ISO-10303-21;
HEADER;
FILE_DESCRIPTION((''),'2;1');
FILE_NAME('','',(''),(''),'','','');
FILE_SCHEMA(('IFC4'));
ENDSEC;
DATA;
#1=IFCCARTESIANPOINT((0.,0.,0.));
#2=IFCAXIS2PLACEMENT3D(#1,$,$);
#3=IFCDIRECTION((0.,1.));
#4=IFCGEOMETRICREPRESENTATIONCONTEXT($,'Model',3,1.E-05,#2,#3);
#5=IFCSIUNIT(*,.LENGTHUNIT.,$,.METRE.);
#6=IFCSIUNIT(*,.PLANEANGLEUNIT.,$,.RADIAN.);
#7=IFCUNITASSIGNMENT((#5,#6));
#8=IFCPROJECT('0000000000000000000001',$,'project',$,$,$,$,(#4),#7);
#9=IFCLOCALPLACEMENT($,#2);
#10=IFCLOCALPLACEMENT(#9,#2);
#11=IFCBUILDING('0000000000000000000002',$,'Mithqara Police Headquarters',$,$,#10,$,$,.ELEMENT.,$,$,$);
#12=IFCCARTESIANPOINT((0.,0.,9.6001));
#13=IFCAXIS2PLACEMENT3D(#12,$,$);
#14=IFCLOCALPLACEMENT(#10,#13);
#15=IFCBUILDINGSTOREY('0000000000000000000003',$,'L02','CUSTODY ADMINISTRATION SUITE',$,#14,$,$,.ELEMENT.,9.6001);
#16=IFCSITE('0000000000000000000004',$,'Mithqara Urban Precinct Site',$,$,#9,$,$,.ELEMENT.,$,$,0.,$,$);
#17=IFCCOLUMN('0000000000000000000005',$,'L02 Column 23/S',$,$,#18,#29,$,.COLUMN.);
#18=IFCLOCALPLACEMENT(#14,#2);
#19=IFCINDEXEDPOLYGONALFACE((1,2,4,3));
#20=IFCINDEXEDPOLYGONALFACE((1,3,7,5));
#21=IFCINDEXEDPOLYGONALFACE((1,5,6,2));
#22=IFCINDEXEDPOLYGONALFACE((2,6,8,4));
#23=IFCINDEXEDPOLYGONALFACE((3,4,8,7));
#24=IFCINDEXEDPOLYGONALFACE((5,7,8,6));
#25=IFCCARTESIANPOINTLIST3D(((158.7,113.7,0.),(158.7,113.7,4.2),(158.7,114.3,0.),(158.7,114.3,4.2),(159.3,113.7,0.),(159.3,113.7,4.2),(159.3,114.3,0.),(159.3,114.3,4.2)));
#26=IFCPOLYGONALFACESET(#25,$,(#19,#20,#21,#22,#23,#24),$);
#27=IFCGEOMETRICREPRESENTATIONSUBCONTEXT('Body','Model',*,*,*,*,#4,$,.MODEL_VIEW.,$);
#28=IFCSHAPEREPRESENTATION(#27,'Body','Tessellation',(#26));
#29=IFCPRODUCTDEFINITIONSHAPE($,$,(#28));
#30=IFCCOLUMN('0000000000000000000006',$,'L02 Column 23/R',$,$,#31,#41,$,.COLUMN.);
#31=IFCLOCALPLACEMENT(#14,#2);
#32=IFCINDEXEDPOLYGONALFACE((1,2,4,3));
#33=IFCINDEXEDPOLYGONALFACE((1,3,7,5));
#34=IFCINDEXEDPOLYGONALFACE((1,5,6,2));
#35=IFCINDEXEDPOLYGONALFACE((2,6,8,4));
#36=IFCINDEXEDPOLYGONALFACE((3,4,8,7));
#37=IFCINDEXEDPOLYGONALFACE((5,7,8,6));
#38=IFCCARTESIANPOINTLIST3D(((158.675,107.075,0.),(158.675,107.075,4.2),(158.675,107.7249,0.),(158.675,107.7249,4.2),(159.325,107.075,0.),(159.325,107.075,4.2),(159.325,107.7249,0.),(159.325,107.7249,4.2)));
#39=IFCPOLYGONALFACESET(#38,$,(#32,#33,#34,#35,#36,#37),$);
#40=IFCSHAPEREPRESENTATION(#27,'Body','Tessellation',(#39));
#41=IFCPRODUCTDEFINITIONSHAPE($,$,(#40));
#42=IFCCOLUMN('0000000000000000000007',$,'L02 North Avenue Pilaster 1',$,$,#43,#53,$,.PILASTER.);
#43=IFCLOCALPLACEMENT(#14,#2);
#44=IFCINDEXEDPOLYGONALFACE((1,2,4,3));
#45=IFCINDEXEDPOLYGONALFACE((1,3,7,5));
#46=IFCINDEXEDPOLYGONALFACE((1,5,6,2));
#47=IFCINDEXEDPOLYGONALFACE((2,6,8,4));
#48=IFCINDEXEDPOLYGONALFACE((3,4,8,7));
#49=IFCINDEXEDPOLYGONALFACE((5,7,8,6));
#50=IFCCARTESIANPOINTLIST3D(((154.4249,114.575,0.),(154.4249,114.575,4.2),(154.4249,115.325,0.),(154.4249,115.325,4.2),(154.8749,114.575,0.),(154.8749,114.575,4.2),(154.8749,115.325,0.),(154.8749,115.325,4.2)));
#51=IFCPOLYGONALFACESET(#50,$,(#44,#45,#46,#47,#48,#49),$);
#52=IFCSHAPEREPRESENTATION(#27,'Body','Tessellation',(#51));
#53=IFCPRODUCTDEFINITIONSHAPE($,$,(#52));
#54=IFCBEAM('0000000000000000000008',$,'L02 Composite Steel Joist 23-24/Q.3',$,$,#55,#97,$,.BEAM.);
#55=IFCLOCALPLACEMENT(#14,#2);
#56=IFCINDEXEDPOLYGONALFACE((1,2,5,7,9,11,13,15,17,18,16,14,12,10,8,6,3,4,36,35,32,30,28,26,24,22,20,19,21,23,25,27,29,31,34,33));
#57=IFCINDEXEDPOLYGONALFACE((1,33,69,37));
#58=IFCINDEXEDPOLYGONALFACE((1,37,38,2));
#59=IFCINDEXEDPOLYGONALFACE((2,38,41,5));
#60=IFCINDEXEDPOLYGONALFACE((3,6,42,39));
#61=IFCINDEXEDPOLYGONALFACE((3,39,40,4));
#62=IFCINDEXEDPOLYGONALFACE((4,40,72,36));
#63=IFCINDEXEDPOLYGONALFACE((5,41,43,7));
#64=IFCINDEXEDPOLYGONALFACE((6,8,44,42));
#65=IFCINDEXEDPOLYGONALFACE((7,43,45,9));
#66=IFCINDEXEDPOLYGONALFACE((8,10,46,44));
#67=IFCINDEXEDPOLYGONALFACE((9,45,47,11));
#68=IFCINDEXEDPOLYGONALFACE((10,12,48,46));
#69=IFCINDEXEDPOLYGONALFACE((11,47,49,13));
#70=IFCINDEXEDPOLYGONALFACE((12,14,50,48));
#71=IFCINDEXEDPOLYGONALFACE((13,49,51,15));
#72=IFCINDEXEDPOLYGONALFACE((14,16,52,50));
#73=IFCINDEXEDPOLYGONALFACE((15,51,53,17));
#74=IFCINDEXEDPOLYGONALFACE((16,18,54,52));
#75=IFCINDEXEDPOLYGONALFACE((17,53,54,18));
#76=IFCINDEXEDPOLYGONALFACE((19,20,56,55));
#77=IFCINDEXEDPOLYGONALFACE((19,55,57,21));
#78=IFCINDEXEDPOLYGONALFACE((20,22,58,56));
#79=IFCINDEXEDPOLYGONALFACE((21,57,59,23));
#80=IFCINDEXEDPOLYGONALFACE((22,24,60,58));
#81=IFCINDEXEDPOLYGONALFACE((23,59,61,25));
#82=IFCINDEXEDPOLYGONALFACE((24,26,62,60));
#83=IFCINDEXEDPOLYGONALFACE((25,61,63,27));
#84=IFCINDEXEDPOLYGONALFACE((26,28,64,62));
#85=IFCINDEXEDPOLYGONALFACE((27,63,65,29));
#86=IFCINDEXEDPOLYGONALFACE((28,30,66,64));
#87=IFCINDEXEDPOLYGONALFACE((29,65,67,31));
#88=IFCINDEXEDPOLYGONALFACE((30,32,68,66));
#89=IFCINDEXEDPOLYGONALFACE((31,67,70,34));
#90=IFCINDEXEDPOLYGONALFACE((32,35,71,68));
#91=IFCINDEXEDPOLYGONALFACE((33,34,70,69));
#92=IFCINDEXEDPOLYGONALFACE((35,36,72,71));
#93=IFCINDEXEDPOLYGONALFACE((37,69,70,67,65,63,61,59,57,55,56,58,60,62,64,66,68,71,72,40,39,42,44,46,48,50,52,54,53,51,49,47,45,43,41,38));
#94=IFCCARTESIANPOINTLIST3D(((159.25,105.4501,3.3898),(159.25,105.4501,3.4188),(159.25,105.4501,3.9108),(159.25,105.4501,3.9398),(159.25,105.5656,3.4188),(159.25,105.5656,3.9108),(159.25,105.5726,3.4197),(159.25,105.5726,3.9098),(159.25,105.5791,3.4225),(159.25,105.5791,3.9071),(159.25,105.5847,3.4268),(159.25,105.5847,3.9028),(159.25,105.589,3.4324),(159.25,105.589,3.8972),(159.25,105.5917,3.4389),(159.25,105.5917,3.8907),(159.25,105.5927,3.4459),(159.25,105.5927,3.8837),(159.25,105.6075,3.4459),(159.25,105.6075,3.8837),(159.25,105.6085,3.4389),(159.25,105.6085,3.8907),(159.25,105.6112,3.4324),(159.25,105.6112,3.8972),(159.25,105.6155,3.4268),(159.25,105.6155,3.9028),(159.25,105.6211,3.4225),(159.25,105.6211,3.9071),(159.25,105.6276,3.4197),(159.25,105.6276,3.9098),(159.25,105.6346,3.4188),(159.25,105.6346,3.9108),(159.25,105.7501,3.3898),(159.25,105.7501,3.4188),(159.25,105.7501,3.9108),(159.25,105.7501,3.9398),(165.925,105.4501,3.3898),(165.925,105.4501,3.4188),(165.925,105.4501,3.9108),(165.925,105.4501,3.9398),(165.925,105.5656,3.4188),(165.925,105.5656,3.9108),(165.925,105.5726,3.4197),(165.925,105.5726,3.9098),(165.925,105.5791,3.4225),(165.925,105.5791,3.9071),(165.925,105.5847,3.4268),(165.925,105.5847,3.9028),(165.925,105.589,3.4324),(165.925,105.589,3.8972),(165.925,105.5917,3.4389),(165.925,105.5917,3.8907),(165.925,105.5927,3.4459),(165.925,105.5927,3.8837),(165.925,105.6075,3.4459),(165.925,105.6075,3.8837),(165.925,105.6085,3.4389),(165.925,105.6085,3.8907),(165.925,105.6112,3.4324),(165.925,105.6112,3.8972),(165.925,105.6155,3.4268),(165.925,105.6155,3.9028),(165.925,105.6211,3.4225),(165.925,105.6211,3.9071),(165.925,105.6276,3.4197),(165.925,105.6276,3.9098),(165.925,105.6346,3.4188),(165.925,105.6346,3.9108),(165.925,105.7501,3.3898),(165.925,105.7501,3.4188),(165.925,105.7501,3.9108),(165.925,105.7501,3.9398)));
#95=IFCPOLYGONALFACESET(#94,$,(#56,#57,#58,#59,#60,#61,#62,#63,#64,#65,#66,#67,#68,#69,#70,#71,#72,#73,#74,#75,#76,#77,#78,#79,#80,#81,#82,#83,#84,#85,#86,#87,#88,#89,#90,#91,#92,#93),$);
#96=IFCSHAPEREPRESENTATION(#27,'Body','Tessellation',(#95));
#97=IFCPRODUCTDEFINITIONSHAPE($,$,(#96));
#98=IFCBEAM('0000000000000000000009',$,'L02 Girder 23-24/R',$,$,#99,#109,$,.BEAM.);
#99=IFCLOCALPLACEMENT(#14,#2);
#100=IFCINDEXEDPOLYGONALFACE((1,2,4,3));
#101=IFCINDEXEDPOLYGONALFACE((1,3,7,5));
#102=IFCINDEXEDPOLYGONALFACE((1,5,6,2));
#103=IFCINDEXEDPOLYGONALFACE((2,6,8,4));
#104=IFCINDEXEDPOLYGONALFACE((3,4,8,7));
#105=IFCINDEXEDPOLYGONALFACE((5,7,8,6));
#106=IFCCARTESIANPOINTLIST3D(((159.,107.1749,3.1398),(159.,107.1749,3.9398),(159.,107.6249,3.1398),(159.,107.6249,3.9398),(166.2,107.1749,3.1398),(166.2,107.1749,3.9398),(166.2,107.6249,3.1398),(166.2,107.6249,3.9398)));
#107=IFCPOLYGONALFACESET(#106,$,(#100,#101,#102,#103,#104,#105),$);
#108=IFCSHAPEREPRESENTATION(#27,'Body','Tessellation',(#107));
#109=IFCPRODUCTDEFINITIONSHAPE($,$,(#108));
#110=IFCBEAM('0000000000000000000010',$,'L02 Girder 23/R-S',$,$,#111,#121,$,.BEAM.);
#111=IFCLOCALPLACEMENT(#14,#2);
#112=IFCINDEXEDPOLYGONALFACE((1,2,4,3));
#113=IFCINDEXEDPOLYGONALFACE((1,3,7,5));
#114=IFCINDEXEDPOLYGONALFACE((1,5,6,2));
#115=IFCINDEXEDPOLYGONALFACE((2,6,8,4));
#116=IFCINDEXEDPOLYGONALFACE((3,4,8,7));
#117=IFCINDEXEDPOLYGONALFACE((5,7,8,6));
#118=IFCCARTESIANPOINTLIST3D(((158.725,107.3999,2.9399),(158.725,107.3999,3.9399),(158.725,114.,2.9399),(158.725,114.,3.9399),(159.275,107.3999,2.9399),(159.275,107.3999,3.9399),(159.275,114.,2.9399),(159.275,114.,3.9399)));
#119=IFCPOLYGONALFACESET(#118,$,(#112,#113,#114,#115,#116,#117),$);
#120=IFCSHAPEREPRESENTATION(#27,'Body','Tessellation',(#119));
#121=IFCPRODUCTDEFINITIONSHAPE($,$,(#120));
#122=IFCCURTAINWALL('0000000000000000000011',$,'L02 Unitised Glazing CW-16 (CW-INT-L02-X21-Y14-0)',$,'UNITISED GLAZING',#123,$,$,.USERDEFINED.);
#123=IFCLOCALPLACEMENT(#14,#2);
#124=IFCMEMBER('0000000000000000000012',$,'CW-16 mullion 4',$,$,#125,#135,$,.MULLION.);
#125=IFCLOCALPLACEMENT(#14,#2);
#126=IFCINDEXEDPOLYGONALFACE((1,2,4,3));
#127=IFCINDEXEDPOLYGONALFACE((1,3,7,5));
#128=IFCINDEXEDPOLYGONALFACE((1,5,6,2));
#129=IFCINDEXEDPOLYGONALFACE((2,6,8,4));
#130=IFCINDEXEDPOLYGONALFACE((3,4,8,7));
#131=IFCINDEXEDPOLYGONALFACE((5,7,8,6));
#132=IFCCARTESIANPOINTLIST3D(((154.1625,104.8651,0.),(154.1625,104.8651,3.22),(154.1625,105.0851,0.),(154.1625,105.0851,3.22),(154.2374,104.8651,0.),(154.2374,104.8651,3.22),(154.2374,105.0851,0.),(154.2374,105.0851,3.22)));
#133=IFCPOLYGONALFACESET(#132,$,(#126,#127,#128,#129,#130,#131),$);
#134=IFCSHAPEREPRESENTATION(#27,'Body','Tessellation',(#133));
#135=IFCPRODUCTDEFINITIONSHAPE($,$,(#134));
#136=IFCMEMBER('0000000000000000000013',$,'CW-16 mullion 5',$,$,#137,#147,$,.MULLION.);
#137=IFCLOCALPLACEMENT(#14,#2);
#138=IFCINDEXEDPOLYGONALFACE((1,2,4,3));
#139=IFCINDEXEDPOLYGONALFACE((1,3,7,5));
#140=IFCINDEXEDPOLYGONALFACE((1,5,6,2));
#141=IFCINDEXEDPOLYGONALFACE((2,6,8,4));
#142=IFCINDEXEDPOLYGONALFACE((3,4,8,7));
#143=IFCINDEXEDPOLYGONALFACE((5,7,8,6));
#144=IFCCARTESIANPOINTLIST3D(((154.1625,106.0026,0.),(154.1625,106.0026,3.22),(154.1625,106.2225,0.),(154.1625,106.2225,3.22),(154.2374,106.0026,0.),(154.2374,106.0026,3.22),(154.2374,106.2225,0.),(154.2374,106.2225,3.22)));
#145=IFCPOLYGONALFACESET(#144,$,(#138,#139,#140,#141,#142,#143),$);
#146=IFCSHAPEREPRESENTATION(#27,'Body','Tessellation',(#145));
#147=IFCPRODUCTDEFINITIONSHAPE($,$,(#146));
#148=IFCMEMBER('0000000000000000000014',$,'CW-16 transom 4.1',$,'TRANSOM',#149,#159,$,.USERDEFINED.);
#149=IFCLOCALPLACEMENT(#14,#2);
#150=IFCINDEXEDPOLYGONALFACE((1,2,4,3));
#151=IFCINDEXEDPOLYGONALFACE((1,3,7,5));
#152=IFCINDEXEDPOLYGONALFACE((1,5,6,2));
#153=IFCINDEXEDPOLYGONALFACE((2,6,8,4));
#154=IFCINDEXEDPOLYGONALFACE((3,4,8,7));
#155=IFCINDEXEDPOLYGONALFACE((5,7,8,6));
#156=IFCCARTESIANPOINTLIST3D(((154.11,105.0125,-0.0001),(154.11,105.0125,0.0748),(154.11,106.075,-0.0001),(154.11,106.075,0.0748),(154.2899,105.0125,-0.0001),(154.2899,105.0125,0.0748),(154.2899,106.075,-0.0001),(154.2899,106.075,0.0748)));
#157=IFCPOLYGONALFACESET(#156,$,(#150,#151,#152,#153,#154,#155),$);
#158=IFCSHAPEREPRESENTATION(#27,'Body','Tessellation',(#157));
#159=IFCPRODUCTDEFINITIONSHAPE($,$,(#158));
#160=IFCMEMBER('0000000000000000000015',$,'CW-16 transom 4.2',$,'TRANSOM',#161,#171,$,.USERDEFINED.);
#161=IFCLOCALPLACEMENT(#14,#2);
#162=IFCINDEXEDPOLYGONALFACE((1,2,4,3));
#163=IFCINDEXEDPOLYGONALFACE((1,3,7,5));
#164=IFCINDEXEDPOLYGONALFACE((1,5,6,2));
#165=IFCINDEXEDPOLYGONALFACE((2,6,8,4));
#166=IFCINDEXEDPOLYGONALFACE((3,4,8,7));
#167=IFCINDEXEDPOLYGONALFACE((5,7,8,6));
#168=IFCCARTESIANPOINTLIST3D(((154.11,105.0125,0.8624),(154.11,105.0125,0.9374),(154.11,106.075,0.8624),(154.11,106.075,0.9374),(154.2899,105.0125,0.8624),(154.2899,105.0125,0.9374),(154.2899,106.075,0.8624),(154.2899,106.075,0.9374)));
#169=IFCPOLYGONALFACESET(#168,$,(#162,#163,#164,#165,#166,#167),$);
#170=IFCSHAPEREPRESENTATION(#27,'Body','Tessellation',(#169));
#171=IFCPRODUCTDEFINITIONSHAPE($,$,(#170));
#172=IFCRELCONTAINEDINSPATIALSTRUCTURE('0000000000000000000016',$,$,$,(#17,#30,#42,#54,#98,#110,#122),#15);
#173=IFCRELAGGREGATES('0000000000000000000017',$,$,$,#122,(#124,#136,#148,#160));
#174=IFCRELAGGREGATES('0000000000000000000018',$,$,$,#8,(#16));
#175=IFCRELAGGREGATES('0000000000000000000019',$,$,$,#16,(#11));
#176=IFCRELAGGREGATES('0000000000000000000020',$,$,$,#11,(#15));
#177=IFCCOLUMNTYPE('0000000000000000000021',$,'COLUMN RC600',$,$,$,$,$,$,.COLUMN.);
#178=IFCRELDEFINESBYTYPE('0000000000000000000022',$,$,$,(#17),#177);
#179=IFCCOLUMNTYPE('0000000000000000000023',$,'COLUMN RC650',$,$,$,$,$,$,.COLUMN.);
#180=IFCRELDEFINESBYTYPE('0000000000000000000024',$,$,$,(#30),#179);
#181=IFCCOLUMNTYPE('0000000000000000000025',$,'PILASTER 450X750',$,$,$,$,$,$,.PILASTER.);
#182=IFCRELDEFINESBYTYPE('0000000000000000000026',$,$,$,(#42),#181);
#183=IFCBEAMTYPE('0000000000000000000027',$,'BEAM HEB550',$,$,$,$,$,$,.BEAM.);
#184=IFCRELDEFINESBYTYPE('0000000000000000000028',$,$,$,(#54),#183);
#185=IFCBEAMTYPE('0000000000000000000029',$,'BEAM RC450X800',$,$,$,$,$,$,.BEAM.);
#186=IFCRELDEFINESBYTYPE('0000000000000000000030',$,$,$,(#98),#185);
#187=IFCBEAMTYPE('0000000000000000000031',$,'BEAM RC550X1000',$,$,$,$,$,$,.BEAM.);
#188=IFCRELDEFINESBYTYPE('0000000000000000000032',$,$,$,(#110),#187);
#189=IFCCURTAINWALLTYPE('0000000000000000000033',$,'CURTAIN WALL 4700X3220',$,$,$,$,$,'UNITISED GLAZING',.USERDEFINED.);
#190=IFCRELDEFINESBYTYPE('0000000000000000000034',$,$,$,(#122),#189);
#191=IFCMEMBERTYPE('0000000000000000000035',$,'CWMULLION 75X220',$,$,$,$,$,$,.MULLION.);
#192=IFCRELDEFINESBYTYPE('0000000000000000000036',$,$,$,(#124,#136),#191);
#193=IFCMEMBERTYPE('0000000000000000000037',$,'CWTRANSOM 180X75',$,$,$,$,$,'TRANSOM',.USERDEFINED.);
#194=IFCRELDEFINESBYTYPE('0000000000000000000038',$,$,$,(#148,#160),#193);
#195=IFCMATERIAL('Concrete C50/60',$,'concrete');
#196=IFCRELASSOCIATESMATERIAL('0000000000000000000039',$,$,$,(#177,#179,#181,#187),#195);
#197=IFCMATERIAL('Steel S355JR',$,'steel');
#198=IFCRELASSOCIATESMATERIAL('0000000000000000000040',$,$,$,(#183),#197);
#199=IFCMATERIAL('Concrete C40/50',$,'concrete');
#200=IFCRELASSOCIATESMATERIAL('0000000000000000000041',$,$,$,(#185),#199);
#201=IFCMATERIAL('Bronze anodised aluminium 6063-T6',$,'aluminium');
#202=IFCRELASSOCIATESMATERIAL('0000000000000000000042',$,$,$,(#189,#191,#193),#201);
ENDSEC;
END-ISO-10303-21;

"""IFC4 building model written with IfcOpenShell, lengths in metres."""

from ifc_helpers import new_model, si_unit, direction, frame, origin, origin_2d, place, context, subcontext, project, spatial, rectangle, i_section, extrude, material, material_profile, profile_set, type_object, element, aggregate, save


model = new_model("IFC4")

# Units and contexts
model_context = context("Model", 3, precision=1e-05, world=origin(), true_north=direction((0.0, 1.0)))
body_context = subcontext(model_context, "Body", "Model", "MODEL_VIEW")
ifc_project = project(units=[si_unit("LENGTHUNIT", "METRE"), si_unit("PLANEANGLEUNIT", "RADIAN")], contexts=[model_context])

# Site, building, storey
site_placement = place(None, origin())
site = spatial("IfcSite", under=ifc_project, at=site_placement, Name="Mithqara Urban Precinct Site", CompositionType="ELEMENT", RefElevation=0.0)
building_placement = place(site_placement, origin())
building = spatial("IfcBuilding", under=site, at=building_placement, Name="Mithqara Police Headquarters", CompositionType="ELEMENT")
storey_placement = place(building_placement, frame((0.0, 0.0, 9.6001)))
storey = spatial("IfcBuildingStorey", under=building, at=storey_placement, Name="L02", Description="CUSTODY ADMINISTRATION SUITE", CompositionType="ELEMENT", Elevation=9.6001)

# Columns
ifc_material_1 = material(Name="Concrete C50/60", Category="concrete")
ifc_material_profile_1 = material_profile(ifc_material_1, rectangle(XDim=0.6001, YDim=0.6001, at=origin_2d()), Name="RC 600x600")
ifc_profile_set_1 = profile_set([ifc_material_profile_1], Name="Concrete C50/60")
column_type_1 = type_object("IfcColumnType", Name="COLUMN RC600", PredefinedType="COLUMN", material=ifc_profile_set_1)
column_1_placement = place(storey_placement, frame((159.0, 114.0, 0.0), z_axis=(0.0, 0.0, 1.0), x_axis=(1.0, 0.0, 0.0)))
element("IfcColumn", 1, at=column_1_placement, inside=storey, type_object=column_type_1, Name="L02 Column 23/S", PredefinedType="COLUMN", context=body_context, shape_type="SweptSolid", body=[
    extrude(rectangle(XDim=0.6001, YDim=0.6001, at=origin_2d()), origin(), (0.0, 0.0, 1.0), 4.2),
])
ifc_material_profile_2 = material_profile(ifc_material_1, rectangle(XDim=0.6499, YDim=0.6499, at=origin_2d()), Name="RC 650x650")
ifc_profile_set_2 = profile_set([ifc_material_profile_2], Name="Concrete C50/60")
column_type_2 = type_object("IfcColumnType", Name="COLUMN RC650", PredefinedType="COLUMN", material=ifc_profile_set_2)
column_2_placement = place(storey_placement, frame((159.0, 107.3999, 0.0), z_axis=(0.0, 0.0, 1.0), x_axis=(1.0, 0.0, 0.0)))
element("IfcColumn", 2, at=column_2_placement, inside=storey, type_object=column_type_2, Name="L02 Column 23/R", PredefinedType="COLUMN", context=body_context, shape_type="SweptSolid", body=[
    extrude(rectangle(XDim=0.6499, YDim=0.6499, at=origin_2d()), origin(), (0.0, 0.0, 1.0), 4.2),
])
ifc_material_profile_3 = material_profile(ifc_material_1, rectangle(XDim=0.45, YDim=0.75, at=origin_2d()), Name="PIL 450x750")
ifc_profile_set_3 = profile_set([ifc_material_profile_3], Name="Concrete C50/60")
column_type_3 = type_object("IfcColumnType", Name="PILASTER 450X750", PredefinedType="PILASTER", material=ifc_profile_set_3)
column_3_placement = place(storey_placement, frame((154.6499, 114.95, 0.0), z_axis=(0.0, 0.0, 1.0), x_axis=(1.0, 0.0, 0.0)))
element("IfcColumn", 3, at=column_3_placement, inside=storey, type_object=column_type_3, Name="L02 North Avenue Pilaster 1", PredefinedType="PILASTER", context=body_context, shape_type="SweptSolid", body=[
    extrude(rectangle(XDim=0.45, YDim=0.75, at=origin_2d()), origin(), (0.0, 0.0, 1.0), 4.2),
])

# Beams
ifc_material_2 = material(Name="Steel S355JR", Category="steel")
ifc_material_profile_4 = material_profile(ifc_material_2, i_section(OverallWidth=0.3, OverallDepth=0.55, WebThickness=0.0149, FlangeThickness=0.0291, FilletRadius=0.0271, at=origin_2d()), Name="HEB 550")
ifc_profile_set_4 = profile_set([ifc_material_profile_4], Name="Steel S355JR")
beam_type_1 = type_object("IfcBeamType", Name="BEAM HEB550", PredefinedType="BEAM", material=ifc_profile_set_4)
beam_1_placement = place(storey_placement, frame((159.25, 105.6001, 3.6648), z_axis=(1.0, 0.0, 0.0), x_axis=(0.0, 1.0, 0.0)))
element("IfcBeam", 4, at=beam_1_placement, inside=storey, type_object=beam_type_1, Name="L02 Composite Steel Joist 23-24/Q.3", PredefinedType="BEAM", context=body_context, shape_type="SweptSolid", body=[
    extrude(i_section(OverallWidth=0.3, OverallDepth=0.55, WebThickness=0.0149, FlangeThickness=0.0291, FilletRadius=0.0271, at=origin_2d()), origin(), (0.0, 0.0, 1.0), 6.675),
])
ifc_material_3 = material(Name="Concrete C40/50", Category="concrete")
ifc_material_profile_5 = material_profile(ifc_material_3, rectangle(XDim=0.45, YDim=0.8, at=origin_2d()), Name="RC 450x800")
ifc_profile_set_5 = profile_set([ifc_material_profile_5], Name="Concrete C40/50")
beam_type_2 = type_object("IfcBeamType", Name="BEAM RC450X800", PredefinedType="BEAM", material=ifc_profile_set_5)
beam_2_placement = place(storey_placement, frame((159.0, 107.3999, 3.5398), z_axis=(1.0, 0.0, 0.0), x_axis=(0.0, 1.0, 0.0)))
element("IfcBeam", 5, at=beam_2_placement, inside=storey, type_object=beam_type_2, Name="L02 Girder 23-24/R", PredefinedType="BEAM", context=body_context, shape_type="SweptSolid", body=[
    extrude(rectangle(XDim=0.45, YDim=0.8, at=origin_2d()), origin(), (0.0, 0.0, 1.0), 7.2),
])
ifc_material_profile_6 = material_profile(ifc_material_1, rectangle(XDim=0.55, YDim=1.0, at=origin_2d()), Name="RC 550x1000")
ifc_profile_set_6 = profile_set([ifc_material_profile_6], Name="Concrete C50/60")
beam_type_3 = type_object("IfcBeamType", Name="BEAM RC550X1000", PredefinedType="BEAM", material=ifc_profile_set_6)
beam_3_placement = place(storey_placement, frame((159.0, 107.3999, 3.4399), z_axis=(0.0, 1.0, 0.0), x_axis=(-1.0, 0.0, 0.0)))
element("IfcBeam", 6, at=beam_3_placement, inside=storey, type_object=beam_type_3, Name="L02 Girder 23/R-S", PredefinedType="BEAM", context=body_context, shape_type="SweptSolid", body=[
    extrude(rectangle(XDim=0.55, YDim=1.0, at=origin_2d()), origin(), (0.0, 0.0, 1.0), 6.6001),
])

# Curtain wall, members
ifc_material_4 = material(Name="Bronze anodised aluminium 6063-T6", Category="aluminium")
curtain_wall_type = type_object("IfcCurtainWallType", Name="CURTAIN WALL 4700X3220", ElementType="UNITISED GLAZING", PredefinedType="USERDEFINED", material=ifc_material_4)
curtain_wall_placement = place(storey_placement, origin())
curtain_wall = element("IfcCurtainWall", 7, at=curtain_wall_placement, inside=storey, type_object=curtain_wall_type, Name="L02 Unitised Glazing CW-16 (CW-INT-L02-X21-Y14-0)", ObjectType="UNITISED GLAZING", PredefinedType="USERDEFINED")
ifc_material_profile_7 = material_profile(ifc_material_4, rectangle(XDim=0.075, YDim=0.22, at=origin_2d()), Name="CWM 75x220")
ifc_profile_set_7 = profile_set([ifc_material_profile_7], Name="Bronze anodised aluminium 6063-T6")
member_type_1 = type_object("IfcMemberType", Name="CWMULLION 75X220", PredefinedType="MULLION", material=ifc_profile_set_7)
member_1_placement = place(storey_placement, frame((154.2, 104.9751, 0.0), z_axis=(0.0, 0.0, 1.0), x_axis=(-1.0, 0.0, 0.0)))
member_1 = element("IfcMember", 8, at=member_1_placement, type_object=member_type_1, Name="CW-16 mullion 4", PredefinedType="MULLION", context=body_context, shape_type="SweptSolid", body=[
    extrude(rectangle(XDim=0.075, YDim=0.22, at=origin_2d()), origin(), (0.0, 0.0, 1.0), 3.22),
])
member_2_placement = place(storey_placement, frame((154.2, 106.1125, 0.0), z_axis=(0.0, 0.0, 1.0), x_axis=(-1.0, 0.0, 0.0)))
member_2 = element("IfcMember", 9, at=member_2_placement, type_object=member_type_1, Name="CW-16 mullion 5", PredefinedType="MULLION", context=body_context, shape_type="SweptSolid", body=[
    extrude(rectangle(XDim=0.075, YDim=0.22, at=origin_2d()), origin(), (0.0, 0.0, 1.0), 3.22),
])
ifc_material_profile_8 = material_profile(ifc_material_4, rectangle(XDim=0.1799, YDim=0.075, at=origin_2d()), Name="CWT 180x75")
ifc_profile_set_8 = profile_set([ifc_material_profile_8], Name="Bronze anodised aluminium 6063-T6")
member_type_2 = type_object("IfcMemberType", Name="CWTRANSOM 180X75", ElementType="TRANSOM", PredefinedType="USERDEFINED", material=ifc_profile_set_8)
member_3_placement = place(storey_placement, frame((154.2, 105.0125, 0.0374), z_axis=(0.0, 1.0, 0.0), x_axis=(-1.0, 0.0, 0.0)))
member_3 = element("IfcMember", 10, at=member_3_placement, type_object=member_type_2, Name="CW-16 transom 4.1", ObjectType="TRANSOM", PredefinedType="USERDEFINED", context=body_context, shape_type="SweptSolid", body=[
    extrude(rectangle(XDim=0.1799, YDim=0.075, at=origin_2d()), origin(), (0.0, 0.0, 1.0), 1.0625),
])
member_4_placement = place(storey_placement, frame((154.2, 105.0125, 0.8999), z_axis=(0.0, 1.0, 0.0), x_axis=(-1.0, 0.0, 0.0)))
member_4 = element("IfcMember", 11, at=member_4_placement, type_object=member_type_2, Name="CW-16 transom 4.2", ObjectType="TRANSOM", PredefinedType="USERDEFINED", context=body_context, shape_type="SweptSolid", body=[
    extrude(rectangle(XDim=0.1799, YDim=0.075, at=origin_2d()), origin(), (0.0, 0.0, 1.0), 1.0625),
])

aggregate(curtain_wall, [member_1, member_2, member_3, member_4])

save(model, "model.ifc")
